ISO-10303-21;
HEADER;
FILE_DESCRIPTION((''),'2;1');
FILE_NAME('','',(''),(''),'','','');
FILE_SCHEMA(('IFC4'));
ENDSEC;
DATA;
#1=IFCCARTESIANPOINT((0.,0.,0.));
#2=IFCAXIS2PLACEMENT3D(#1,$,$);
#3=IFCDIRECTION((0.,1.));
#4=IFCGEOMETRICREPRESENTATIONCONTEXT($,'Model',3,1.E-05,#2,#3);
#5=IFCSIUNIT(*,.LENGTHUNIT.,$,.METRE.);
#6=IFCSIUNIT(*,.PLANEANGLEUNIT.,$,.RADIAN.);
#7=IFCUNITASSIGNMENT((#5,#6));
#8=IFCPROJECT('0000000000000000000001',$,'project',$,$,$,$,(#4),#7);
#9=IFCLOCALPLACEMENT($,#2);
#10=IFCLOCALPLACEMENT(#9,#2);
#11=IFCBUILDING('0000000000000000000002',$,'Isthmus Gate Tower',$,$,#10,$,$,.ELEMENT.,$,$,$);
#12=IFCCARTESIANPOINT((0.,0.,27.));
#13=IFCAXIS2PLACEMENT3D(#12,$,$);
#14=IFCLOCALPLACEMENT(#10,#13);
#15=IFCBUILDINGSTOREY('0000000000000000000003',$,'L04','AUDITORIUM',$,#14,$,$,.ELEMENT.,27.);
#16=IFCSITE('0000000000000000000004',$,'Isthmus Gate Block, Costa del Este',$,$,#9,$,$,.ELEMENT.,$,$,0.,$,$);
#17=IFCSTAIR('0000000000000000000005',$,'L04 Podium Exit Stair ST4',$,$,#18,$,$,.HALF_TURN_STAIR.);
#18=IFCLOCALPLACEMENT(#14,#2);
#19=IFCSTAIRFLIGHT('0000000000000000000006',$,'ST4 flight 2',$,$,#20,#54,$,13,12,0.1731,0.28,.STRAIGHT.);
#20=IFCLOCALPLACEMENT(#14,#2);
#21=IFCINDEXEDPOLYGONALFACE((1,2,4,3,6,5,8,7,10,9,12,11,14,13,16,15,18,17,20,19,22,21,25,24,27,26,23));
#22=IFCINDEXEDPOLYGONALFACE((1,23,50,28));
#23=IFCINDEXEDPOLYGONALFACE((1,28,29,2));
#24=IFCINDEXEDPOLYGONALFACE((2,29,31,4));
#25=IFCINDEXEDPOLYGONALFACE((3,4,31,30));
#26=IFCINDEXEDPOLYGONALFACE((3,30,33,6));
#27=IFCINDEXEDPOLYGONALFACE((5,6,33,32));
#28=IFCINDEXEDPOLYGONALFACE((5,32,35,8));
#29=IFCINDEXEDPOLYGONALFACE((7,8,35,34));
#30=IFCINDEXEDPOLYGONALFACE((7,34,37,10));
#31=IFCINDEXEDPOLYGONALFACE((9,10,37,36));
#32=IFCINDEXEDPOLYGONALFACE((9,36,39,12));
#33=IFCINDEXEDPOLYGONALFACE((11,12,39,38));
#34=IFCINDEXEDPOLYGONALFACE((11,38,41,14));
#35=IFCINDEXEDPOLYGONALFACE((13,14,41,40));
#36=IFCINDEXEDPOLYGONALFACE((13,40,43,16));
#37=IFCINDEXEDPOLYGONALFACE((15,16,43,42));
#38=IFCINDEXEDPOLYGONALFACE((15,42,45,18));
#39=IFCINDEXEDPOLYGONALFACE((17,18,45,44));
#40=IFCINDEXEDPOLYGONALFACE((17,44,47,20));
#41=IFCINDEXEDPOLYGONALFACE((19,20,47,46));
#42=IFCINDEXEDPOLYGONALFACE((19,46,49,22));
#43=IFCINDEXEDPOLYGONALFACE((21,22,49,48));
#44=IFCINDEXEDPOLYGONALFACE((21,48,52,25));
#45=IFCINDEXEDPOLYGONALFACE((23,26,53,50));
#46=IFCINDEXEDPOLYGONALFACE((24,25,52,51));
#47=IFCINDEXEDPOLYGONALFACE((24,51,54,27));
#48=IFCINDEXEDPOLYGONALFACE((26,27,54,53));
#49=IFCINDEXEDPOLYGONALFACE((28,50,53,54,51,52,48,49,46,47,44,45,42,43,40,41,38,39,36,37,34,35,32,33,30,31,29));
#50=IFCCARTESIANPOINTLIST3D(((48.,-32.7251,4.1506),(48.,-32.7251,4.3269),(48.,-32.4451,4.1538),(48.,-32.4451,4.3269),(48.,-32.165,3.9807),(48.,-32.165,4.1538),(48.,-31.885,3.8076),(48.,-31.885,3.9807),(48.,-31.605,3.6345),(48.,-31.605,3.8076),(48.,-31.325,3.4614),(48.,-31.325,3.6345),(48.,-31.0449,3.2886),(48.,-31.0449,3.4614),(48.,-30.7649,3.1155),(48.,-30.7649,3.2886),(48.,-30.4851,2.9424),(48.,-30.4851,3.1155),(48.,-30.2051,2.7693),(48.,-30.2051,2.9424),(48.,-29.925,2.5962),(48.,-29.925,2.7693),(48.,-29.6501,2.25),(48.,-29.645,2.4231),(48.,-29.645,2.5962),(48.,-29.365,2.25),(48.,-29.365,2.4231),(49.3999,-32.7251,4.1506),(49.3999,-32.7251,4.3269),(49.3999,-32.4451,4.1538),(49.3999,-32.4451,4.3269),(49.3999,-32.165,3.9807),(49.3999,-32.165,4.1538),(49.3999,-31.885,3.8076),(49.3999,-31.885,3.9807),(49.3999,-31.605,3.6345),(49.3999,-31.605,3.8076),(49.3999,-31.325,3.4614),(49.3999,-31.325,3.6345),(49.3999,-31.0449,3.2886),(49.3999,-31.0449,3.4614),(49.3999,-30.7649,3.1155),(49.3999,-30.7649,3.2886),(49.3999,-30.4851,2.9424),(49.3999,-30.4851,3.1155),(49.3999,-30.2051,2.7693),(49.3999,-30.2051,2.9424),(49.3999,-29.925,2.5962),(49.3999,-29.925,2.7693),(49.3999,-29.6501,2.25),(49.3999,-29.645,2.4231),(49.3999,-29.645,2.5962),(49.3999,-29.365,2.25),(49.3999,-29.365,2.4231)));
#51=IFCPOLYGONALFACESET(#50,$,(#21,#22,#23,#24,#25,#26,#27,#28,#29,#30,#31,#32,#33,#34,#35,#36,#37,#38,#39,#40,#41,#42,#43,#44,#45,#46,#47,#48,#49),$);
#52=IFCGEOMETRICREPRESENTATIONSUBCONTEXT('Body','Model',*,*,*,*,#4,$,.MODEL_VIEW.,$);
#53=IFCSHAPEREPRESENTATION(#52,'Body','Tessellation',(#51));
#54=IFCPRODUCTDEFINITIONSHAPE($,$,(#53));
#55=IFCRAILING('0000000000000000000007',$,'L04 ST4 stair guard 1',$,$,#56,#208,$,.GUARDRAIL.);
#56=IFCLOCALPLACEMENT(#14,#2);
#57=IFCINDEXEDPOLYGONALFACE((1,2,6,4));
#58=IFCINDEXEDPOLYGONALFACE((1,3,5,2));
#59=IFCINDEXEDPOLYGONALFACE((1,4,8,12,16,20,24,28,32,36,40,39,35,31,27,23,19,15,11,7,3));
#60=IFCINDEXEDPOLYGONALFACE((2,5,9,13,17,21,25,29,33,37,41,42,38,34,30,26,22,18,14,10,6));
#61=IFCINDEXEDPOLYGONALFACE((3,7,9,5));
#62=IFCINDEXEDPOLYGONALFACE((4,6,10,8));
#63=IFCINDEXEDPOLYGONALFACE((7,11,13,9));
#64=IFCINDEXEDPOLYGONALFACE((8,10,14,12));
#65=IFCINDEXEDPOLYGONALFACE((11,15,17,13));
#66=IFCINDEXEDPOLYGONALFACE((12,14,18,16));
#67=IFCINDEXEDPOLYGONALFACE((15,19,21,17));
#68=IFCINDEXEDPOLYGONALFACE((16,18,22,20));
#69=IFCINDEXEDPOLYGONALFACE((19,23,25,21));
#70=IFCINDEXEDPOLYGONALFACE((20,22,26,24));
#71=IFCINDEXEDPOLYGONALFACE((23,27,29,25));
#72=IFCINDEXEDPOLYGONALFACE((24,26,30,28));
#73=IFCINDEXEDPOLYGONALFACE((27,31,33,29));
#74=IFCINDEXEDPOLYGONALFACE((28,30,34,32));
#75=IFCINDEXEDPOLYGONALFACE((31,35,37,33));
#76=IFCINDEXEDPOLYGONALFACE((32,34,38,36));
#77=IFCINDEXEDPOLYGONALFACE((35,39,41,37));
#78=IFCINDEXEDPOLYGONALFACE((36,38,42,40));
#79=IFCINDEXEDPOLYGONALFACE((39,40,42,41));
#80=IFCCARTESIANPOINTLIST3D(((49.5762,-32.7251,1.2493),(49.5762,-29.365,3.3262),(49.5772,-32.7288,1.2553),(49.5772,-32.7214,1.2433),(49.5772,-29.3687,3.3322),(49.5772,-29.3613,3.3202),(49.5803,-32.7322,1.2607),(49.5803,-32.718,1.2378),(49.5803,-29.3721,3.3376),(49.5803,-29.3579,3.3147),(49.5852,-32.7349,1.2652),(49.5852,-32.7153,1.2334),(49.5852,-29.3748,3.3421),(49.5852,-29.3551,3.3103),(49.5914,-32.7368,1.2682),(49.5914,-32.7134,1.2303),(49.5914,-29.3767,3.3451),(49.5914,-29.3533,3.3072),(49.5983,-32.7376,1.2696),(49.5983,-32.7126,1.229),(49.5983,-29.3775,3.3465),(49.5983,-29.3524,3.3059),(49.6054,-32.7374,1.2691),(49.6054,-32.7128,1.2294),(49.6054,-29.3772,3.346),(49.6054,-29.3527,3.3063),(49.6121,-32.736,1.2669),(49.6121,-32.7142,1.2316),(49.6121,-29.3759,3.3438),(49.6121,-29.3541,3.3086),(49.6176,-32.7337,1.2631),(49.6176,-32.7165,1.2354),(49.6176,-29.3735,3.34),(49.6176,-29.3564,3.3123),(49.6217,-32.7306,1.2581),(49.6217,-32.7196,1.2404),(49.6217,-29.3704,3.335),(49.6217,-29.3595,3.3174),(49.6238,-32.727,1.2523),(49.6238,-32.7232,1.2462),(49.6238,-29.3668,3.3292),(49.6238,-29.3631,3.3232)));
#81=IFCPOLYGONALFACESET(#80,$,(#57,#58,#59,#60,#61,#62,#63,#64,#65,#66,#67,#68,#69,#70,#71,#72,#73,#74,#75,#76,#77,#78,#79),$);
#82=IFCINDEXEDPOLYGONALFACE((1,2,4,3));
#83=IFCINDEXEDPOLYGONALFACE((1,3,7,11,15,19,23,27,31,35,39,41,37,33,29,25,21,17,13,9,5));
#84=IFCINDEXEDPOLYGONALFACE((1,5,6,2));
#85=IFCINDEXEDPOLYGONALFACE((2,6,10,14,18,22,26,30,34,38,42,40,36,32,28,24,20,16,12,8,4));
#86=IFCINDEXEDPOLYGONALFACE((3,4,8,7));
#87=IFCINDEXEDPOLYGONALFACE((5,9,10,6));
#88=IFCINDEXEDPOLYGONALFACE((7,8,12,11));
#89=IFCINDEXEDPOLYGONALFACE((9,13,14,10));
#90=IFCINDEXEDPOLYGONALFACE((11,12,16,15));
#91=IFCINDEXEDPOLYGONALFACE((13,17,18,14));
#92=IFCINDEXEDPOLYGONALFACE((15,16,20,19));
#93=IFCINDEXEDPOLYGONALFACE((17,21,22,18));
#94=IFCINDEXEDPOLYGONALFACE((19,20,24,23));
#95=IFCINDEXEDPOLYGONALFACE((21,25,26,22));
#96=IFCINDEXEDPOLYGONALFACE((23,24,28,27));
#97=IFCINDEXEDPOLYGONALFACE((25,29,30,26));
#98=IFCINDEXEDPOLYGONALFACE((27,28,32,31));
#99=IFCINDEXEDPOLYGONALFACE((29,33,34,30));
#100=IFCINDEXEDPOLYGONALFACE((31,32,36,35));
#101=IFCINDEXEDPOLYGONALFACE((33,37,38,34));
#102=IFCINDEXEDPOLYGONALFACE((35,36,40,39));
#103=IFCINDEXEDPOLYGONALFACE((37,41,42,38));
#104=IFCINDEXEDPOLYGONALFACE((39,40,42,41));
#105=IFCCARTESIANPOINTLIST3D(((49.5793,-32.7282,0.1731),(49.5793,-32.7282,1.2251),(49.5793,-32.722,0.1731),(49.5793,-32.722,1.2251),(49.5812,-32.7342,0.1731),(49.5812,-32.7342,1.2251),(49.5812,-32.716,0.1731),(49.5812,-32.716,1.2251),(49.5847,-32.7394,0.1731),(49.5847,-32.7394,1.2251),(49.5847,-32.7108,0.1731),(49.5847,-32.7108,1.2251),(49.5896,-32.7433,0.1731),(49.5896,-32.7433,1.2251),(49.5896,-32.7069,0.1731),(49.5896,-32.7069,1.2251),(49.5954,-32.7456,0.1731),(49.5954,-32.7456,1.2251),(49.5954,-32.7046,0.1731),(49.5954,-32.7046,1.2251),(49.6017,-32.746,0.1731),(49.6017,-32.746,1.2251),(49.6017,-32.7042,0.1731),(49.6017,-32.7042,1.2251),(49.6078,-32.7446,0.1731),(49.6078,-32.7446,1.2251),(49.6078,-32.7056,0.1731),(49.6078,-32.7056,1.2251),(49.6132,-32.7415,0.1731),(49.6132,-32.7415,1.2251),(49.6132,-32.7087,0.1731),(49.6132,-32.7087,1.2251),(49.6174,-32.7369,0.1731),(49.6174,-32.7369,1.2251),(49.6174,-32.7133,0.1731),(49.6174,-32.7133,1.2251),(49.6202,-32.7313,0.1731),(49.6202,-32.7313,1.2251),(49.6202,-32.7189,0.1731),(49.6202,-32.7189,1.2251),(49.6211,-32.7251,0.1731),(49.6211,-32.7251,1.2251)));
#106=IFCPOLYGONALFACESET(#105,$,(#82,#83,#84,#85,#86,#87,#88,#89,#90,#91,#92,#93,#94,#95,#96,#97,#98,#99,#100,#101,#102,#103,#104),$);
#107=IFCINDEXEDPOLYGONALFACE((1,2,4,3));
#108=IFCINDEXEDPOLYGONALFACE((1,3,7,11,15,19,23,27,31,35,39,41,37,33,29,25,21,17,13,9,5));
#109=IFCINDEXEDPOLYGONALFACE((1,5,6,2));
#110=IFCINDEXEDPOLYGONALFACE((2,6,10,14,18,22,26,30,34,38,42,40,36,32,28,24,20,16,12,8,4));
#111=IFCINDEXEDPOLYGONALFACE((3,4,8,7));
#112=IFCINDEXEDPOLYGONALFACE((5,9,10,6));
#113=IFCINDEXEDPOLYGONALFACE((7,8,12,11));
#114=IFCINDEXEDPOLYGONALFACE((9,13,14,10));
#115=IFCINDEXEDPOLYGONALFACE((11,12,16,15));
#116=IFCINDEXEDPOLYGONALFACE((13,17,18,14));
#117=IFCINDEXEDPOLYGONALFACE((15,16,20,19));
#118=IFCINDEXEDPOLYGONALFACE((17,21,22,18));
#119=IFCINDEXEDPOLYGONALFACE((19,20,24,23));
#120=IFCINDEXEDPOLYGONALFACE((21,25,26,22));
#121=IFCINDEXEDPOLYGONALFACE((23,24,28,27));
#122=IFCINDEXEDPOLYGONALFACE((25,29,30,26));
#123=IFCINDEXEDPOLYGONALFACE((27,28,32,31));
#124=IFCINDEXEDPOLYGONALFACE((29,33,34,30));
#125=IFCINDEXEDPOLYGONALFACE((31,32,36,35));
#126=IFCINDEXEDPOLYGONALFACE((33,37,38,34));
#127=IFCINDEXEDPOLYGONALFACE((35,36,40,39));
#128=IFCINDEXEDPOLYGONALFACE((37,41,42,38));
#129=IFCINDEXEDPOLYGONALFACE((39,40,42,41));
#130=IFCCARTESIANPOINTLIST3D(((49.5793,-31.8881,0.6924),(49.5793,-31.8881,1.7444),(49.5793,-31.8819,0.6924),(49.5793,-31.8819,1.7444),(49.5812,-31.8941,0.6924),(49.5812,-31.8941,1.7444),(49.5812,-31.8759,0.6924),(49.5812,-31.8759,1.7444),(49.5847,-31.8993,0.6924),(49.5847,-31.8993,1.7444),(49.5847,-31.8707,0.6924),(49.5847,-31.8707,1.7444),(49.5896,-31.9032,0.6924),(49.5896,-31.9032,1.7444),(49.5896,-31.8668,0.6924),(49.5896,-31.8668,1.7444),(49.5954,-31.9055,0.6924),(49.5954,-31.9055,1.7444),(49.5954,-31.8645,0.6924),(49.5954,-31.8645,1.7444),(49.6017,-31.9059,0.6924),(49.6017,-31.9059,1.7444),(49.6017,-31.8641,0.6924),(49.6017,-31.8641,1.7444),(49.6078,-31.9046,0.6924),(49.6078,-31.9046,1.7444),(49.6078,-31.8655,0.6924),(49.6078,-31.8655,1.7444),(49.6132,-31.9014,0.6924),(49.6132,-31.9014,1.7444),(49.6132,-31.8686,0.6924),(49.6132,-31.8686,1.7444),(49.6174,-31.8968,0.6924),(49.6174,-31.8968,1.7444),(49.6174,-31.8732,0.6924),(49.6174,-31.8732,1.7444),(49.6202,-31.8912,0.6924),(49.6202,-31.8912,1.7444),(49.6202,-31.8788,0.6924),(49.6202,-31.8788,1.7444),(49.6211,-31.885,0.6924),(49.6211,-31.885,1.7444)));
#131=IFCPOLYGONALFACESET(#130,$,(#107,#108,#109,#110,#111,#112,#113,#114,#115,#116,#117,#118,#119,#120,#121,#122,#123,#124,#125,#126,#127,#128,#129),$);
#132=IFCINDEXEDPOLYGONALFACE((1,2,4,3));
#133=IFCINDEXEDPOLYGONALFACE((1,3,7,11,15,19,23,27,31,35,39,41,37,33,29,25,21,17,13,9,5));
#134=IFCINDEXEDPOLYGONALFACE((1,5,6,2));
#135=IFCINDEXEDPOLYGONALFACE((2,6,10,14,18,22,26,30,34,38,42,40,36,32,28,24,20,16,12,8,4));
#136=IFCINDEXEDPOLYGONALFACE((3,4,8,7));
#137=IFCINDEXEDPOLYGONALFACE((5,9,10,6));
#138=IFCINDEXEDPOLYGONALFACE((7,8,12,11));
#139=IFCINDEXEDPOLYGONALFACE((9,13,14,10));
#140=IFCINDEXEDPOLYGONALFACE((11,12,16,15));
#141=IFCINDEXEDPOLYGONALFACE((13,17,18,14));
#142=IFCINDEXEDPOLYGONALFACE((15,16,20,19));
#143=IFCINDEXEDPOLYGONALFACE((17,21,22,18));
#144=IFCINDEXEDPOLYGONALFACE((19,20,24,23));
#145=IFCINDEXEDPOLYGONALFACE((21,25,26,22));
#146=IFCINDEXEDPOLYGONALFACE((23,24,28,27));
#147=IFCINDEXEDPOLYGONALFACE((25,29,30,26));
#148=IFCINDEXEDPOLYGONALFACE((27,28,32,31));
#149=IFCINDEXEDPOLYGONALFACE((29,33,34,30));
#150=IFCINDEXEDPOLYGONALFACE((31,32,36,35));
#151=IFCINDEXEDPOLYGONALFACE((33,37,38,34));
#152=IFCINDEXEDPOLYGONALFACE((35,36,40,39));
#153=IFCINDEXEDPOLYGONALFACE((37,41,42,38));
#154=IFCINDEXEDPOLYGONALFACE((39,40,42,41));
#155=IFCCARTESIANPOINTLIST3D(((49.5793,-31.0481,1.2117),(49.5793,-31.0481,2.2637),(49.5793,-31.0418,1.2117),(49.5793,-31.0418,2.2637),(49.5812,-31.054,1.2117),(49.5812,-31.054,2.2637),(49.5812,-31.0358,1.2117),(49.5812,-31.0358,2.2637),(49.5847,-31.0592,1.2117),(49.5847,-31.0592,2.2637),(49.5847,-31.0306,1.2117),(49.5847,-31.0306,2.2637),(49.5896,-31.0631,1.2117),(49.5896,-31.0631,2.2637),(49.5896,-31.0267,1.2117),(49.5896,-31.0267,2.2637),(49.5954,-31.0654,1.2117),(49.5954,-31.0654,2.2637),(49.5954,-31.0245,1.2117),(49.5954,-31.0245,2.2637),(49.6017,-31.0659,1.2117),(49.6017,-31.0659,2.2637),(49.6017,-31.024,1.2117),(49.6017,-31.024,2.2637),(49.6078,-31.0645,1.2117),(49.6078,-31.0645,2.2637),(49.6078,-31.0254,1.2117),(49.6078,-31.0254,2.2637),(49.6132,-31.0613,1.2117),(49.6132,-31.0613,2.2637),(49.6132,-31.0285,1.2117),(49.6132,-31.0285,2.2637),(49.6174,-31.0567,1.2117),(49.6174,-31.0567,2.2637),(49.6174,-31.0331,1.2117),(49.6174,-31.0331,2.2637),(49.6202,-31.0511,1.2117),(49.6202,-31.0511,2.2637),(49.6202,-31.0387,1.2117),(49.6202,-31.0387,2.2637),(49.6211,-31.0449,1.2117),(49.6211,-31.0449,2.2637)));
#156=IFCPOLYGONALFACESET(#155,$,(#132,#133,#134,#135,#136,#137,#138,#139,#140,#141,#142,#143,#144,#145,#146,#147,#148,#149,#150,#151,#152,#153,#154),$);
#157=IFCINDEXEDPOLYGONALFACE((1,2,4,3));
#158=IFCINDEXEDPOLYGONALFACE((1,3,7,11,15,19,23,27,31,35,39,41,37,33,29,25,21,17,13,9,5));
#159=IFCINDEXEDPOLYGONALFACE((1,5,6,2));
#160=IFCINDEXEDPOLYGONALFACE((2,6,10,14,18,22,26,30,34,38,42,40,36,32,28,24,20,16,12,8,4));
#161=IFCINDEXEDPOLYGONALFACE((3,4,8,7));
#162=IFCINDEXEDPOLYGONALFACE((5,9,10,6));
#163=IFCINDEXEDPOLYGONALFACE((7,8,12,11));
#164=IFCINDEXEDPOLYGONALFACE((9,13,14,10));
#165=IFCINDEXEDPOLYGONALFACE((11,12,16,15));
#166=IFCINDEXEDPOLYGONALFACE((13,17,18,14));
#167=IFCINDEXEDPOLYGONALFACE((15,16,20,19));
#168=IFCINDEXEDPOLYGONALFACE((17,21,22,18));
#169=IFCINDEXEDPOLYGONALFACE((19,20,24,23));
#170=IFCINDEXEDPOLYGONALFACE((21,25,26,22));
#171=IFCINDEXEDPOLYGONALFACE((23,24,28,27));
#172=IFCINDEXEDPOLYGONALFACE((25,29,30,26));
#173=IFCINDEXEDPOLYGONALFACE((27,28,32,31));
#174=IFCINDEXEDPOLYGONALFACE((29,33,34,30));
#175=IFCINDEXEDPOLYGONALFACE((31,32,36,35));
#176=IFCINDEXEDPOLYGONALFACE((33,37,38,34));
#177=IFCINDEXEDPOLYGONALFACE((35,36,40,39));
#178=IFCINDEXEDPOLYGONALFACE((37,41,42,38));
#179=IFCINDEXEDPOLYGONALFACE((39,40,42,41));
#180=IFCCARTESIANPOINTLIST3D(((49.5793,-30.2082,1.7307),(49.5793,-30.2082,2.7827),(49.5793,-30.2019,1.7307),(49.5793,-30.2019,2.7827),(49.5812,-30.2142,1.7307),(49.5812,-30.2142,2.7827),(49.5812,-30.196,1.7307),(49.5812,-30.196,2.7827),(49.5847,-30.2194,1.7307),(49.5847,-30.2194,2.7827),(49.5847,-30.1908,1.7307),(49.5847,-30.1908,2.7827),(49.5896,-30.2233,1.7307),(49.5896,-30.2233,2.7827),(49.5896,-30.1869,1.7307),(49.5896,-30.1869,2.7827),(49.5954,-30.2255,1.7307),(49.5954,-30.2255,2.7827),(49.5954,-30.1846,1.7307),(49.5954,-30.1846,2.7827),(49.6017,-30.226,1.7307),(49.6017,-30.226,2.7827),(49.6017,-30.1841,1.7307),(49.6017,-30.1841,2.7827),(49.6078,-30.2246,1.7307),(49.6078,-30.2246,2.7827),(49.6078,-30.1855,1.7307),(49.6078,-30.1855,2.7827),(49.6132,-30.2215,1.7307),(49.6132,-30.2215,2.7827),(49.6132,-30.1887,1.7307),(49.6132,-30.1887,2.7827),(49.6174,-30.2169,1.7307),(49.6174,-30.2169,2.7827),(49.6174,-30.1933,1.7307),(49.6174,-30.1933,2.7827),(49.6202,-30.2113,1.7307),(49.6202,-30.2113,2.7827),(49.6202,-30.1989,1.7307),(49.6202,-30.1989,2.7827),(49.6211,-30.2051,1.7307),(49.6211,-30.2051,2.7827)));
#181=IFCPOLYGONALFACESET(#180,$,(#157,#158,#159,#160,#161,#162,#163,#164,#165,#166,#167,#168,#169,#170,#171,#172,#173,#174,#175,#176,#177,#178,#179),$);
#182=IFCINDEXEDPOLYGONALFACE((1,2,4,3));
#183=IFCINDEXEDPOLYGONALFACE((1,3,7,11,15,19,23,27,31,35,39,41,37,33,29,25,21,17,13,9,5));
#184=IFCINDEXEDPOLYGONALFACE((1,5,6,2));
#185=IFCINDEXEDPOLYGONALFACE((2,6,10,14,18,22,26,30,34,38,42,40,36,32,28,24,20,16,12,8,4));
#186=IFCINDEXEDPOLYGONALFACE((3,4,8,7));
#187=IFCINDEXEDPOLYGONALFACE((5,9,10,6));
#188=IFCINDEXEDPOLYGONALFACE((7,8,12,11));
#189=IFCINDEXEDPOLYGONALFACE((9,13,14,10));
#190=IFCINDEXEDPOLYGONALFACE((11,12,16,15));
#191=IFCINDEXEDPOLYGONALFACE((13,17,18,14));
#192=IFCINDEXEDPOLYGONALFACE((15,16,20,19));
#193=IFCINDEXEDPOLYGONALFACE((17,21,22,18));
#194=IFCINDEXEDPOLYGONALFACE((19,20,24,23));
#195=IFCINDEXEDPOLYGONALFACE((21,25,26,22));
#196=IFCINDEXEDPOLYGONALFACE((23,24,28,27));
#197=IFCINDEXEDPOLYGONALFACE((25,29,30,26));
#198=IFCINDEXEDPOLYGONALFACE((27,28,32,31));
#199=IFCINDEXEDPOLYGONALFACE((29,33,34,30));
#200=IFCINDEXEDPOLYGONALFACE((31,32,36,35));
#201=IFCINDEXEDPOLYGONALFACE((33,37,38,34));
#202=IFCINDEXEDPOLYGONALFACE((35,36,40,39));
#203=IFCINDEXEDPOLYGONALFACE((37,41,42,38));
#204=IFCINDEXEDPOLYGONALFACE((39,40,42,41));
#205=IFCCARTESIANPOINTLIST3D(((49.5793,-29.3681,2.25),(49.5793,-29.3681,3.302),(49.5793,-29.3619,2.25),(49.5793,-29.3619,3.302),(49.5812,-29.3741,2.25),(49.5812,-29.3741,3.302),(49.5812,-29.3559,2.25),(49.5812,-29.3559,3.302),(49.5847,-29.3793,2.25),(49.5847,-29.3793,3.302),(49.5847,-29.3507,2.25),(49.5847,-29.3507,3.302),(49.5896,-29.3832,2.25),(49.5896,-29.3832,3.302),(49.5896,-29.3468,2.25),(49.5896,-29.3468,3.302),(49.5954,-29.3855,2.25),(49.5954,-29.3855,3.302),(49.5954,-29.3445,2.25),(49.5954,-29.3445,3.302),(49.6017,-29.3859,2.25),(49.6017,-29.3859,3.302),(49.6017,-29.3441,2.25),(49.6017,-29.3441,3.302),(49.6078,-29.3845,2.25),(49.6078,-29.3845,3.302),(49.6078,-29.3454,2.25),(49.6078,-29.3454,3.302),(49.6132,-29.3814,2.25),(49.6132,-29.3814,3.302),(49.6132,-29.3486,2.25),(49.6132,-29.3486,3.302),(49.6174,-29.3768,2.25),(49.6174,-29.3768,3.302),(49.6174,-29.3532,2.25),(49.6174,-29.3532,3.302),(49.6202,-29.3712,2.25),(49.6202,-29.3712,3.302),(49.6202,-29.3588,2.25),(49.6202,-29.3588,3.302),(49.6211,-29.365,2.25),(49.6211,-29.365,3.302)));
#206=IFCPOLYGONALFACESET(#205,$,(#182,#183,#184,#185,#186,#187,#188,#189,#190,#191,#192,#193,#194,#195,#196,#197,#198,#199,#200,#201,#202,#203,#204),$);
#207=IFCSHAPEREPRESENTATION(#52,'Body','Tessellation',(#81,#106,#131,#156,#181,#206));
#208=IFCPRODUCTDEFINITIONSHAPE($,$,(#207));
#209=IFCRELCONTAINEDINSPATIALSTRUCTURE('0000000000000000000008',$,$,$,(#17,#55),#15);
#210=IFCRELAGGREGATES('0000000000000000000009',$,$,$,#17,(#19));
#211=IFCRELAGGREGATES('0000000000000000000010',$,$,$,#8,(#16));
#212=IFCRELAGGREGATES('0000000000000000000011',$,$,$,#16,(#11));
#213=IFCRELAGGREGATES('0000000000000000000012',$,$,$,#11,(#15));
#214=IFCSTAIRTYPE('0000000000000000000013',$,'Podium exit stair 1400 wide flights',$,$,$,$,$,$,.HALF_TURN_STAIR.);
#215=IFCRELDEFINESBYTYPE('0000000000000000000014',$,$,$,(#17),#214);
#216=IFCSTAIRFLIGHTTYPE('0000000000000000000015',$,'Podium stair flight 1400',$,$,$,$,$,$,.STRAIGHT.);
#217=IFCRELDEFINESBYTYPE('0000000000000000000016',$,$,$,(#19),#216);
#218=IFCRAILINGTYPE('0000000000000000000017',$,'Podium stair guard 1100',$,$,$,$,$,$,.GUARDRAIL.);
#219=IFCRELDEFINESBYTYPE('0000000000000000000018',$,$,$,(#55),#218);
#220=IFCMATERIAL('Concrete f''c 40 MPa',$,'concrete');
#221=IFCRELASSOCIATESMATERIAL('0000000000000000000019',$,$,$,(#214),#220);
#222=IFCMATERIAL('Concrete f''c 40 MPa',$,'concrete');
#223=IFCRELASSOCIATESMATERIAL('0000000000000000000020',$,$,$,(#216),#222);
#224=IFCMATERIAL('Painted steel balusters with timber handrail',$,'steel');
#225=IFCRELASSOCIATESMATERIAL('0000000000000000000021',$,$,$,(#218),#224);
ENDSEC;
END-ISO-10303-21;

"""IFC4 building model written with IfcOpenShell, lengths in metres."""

from ifc_helpers import new_model, si_unit, direction, frame, origin, origin_2d, place, context, subcontext, project, spatial, polyline, circle, outline, extrude, material, type_object, element, aggregate, save


model = new_model("IFC4")

# Units and contexts
model_context = context("Model", 3, precision=1e-05, world=origin(), true_north=direction((0.0, 1.0)))
body_context = subcontext(model_context, "Body", "Model", "MODEL_VIEW")
ifc_project = project(units=[si_unit("LENGTHUNIT", "METRE"), si_unit("PLANEANGLEUNIT", "RADIAN")], contexts=[model_context])

# Site, building, storey
site_placement = place(None, origin())
site = spatial("IfcSite", under=ifc_project, at=site_placement, Name="Isthmus Gate Block, Costa del Este", CompositionType="ELEMENT", RefElevation=0.0)
building_placement = place(site_placement, origin())
building = spatial("IfcBuilding", under=site, at=building_placement, Name="Isthmus Gate Tower", CompositionType="ELEMENT")
storey_placement = place(building_placement, frame((0.0, 0.0, 27.0)))
storey = spatial("IfcBuildingStorey", under=building, at=storey_placement, Name="L04", Description="AUDITORIUM", CompositionType="ELEMENT", Elevation=27.0)

# Stair, stair flight
ifc_material_1 = material(Name="Concrete f'c 40 MPa", Category="concrete")
stair_type = type_object("IfcStairType", Name="Podium exit stair 1400 wide flights", PredefinedType="HALF_TURN_STAIR", material=ifc_material_1)
stair_placement = place(storey_placement, origin())
stair = element("IfcStair", 1, at=stair_placement, inside=storey, type_object=stair_type, Name="L04 Podium Exit Stair ST4", PredefinedType="HALF_TURN_STAIR")
ifc_material_2 = material(Name="Concrete f'c 40 MPa", Category="concrete")
stair_flight_type = type_object("IfcStairFlightType", Name="Podium stair flight 1400", PredefinedType="STRAIGHT", material=ifc_material_2)
stair_flight_1_placement = place(storey_placement, frame((48.7, -29.365, 2.25), z_axis=(0.0, 0.0, 1.0), x_axis=(0.0, -1.0, 0.0)))
stair_flight_1 = element("IfcStairFlight", 2, at=stair_flight_1_placement, type_object=stair_flight_type, Name="ST4 flight 2", NumberOfRisers=13, NumberOfTreads=12, PredefinedType="STRAIGHT", RiserHeight=0.1731, TreadLength=0.28, context=body_context, shape_type="SweptSolid", body=[
    extrude(outline(polyline([(0.0, 0.0), (0.0, 0.1731), (0.28, 0.1731), (0.28, 0.3462), (0.5601, 0.3462), (0.5601, 0.5193), (0.8401, 0.5193), (0.8401, 0.6924), (1.1201, 0.6924), (1.1201, 0.8655), (1.3999, 0.8655), (1.3999, 1.0386), (1.6799, 1.0386), (1.6799, 1.2114), (1.96, 1.2114), (1.96, 1.3845), (2.24, 1.3845), (2.24, 1.5576), (2.52, 1.5576), (2.52, 1.7307), (2.8, 1.7307), (2.8, 1.9038), (3.0801, 1.9038), (3.0801, 2.0769), (3.3601, 2.0769), (3.3601, 2.25), (3.3601, 1.9006), (0.2852, 0.0), (0.0, 0.0)])), frame((0.0, 0.7, 0.0), z_axis=(0.0, -1.0, 0.0), x_axis=(1.0, 0.0, 0.0)), (0.0, 0.0, 1.0), 1.3999),
])
aggregate(stair, [stair_flight_1])

# Railing
ifc_material_3 = material(Name="Painted steel balusters with timber handrail", Category="steel")
railing_type_1 = type_object("IfcRailingType", Name="Podium stair guard 1100", PredefinedType="GUARDRAIL", material=ifc_material_3)
railing_1_placement = place(storey_placement, frame((49.6001, -32.7251, 0.1731)))
element("IfcRailing", 3, at=railing_1_placement, inside=storey, type_object=railing_type_1, Name="L04 ST4 stair guard 1", PredefinedType="GUARDRAIL", context=body_context, shape_type="SweptSolid", body=[
    extrude(circle(Radius=0.0239, at=origin_2d()), frame((0.0, 0.0, 1.0762), z_axis=(0.0, 0.850623, 0.525776), x_axis=(-1.0, 0.0, 0.0)), (0.0, 0.0, 1.0), 3.9502),
    extrude(circle(Radius=0.021, at=origin_2d()), origin(), (0.0, 0.0, 1.0), 1.052),
    extrude(circle(Radius=0.021, at=origin_2d()), frame((0.0, 0.8401, 0.5193)), (0.0, 0.0, 1.0), 1.052),
    extrude(circle(Radius=0.021, at=origin_2d()), frame((0.0, 1.6802, 1.0386)), (0.0, 0.0, 1.0), 1.052),
    extrude(circle(Radius=0.021, at=origin_2d()), frame((0.0, 2.52, 1.5576)), (0.0, 0.0, 1.0), 1.052),
    extrude(circle(Radius=0.021, at=origin_2d()), frame((0.0, 3.3601, 2.0769)), (0.0, 0.0, 1.0), 1.052),
])

save(model, "model.ifc")
